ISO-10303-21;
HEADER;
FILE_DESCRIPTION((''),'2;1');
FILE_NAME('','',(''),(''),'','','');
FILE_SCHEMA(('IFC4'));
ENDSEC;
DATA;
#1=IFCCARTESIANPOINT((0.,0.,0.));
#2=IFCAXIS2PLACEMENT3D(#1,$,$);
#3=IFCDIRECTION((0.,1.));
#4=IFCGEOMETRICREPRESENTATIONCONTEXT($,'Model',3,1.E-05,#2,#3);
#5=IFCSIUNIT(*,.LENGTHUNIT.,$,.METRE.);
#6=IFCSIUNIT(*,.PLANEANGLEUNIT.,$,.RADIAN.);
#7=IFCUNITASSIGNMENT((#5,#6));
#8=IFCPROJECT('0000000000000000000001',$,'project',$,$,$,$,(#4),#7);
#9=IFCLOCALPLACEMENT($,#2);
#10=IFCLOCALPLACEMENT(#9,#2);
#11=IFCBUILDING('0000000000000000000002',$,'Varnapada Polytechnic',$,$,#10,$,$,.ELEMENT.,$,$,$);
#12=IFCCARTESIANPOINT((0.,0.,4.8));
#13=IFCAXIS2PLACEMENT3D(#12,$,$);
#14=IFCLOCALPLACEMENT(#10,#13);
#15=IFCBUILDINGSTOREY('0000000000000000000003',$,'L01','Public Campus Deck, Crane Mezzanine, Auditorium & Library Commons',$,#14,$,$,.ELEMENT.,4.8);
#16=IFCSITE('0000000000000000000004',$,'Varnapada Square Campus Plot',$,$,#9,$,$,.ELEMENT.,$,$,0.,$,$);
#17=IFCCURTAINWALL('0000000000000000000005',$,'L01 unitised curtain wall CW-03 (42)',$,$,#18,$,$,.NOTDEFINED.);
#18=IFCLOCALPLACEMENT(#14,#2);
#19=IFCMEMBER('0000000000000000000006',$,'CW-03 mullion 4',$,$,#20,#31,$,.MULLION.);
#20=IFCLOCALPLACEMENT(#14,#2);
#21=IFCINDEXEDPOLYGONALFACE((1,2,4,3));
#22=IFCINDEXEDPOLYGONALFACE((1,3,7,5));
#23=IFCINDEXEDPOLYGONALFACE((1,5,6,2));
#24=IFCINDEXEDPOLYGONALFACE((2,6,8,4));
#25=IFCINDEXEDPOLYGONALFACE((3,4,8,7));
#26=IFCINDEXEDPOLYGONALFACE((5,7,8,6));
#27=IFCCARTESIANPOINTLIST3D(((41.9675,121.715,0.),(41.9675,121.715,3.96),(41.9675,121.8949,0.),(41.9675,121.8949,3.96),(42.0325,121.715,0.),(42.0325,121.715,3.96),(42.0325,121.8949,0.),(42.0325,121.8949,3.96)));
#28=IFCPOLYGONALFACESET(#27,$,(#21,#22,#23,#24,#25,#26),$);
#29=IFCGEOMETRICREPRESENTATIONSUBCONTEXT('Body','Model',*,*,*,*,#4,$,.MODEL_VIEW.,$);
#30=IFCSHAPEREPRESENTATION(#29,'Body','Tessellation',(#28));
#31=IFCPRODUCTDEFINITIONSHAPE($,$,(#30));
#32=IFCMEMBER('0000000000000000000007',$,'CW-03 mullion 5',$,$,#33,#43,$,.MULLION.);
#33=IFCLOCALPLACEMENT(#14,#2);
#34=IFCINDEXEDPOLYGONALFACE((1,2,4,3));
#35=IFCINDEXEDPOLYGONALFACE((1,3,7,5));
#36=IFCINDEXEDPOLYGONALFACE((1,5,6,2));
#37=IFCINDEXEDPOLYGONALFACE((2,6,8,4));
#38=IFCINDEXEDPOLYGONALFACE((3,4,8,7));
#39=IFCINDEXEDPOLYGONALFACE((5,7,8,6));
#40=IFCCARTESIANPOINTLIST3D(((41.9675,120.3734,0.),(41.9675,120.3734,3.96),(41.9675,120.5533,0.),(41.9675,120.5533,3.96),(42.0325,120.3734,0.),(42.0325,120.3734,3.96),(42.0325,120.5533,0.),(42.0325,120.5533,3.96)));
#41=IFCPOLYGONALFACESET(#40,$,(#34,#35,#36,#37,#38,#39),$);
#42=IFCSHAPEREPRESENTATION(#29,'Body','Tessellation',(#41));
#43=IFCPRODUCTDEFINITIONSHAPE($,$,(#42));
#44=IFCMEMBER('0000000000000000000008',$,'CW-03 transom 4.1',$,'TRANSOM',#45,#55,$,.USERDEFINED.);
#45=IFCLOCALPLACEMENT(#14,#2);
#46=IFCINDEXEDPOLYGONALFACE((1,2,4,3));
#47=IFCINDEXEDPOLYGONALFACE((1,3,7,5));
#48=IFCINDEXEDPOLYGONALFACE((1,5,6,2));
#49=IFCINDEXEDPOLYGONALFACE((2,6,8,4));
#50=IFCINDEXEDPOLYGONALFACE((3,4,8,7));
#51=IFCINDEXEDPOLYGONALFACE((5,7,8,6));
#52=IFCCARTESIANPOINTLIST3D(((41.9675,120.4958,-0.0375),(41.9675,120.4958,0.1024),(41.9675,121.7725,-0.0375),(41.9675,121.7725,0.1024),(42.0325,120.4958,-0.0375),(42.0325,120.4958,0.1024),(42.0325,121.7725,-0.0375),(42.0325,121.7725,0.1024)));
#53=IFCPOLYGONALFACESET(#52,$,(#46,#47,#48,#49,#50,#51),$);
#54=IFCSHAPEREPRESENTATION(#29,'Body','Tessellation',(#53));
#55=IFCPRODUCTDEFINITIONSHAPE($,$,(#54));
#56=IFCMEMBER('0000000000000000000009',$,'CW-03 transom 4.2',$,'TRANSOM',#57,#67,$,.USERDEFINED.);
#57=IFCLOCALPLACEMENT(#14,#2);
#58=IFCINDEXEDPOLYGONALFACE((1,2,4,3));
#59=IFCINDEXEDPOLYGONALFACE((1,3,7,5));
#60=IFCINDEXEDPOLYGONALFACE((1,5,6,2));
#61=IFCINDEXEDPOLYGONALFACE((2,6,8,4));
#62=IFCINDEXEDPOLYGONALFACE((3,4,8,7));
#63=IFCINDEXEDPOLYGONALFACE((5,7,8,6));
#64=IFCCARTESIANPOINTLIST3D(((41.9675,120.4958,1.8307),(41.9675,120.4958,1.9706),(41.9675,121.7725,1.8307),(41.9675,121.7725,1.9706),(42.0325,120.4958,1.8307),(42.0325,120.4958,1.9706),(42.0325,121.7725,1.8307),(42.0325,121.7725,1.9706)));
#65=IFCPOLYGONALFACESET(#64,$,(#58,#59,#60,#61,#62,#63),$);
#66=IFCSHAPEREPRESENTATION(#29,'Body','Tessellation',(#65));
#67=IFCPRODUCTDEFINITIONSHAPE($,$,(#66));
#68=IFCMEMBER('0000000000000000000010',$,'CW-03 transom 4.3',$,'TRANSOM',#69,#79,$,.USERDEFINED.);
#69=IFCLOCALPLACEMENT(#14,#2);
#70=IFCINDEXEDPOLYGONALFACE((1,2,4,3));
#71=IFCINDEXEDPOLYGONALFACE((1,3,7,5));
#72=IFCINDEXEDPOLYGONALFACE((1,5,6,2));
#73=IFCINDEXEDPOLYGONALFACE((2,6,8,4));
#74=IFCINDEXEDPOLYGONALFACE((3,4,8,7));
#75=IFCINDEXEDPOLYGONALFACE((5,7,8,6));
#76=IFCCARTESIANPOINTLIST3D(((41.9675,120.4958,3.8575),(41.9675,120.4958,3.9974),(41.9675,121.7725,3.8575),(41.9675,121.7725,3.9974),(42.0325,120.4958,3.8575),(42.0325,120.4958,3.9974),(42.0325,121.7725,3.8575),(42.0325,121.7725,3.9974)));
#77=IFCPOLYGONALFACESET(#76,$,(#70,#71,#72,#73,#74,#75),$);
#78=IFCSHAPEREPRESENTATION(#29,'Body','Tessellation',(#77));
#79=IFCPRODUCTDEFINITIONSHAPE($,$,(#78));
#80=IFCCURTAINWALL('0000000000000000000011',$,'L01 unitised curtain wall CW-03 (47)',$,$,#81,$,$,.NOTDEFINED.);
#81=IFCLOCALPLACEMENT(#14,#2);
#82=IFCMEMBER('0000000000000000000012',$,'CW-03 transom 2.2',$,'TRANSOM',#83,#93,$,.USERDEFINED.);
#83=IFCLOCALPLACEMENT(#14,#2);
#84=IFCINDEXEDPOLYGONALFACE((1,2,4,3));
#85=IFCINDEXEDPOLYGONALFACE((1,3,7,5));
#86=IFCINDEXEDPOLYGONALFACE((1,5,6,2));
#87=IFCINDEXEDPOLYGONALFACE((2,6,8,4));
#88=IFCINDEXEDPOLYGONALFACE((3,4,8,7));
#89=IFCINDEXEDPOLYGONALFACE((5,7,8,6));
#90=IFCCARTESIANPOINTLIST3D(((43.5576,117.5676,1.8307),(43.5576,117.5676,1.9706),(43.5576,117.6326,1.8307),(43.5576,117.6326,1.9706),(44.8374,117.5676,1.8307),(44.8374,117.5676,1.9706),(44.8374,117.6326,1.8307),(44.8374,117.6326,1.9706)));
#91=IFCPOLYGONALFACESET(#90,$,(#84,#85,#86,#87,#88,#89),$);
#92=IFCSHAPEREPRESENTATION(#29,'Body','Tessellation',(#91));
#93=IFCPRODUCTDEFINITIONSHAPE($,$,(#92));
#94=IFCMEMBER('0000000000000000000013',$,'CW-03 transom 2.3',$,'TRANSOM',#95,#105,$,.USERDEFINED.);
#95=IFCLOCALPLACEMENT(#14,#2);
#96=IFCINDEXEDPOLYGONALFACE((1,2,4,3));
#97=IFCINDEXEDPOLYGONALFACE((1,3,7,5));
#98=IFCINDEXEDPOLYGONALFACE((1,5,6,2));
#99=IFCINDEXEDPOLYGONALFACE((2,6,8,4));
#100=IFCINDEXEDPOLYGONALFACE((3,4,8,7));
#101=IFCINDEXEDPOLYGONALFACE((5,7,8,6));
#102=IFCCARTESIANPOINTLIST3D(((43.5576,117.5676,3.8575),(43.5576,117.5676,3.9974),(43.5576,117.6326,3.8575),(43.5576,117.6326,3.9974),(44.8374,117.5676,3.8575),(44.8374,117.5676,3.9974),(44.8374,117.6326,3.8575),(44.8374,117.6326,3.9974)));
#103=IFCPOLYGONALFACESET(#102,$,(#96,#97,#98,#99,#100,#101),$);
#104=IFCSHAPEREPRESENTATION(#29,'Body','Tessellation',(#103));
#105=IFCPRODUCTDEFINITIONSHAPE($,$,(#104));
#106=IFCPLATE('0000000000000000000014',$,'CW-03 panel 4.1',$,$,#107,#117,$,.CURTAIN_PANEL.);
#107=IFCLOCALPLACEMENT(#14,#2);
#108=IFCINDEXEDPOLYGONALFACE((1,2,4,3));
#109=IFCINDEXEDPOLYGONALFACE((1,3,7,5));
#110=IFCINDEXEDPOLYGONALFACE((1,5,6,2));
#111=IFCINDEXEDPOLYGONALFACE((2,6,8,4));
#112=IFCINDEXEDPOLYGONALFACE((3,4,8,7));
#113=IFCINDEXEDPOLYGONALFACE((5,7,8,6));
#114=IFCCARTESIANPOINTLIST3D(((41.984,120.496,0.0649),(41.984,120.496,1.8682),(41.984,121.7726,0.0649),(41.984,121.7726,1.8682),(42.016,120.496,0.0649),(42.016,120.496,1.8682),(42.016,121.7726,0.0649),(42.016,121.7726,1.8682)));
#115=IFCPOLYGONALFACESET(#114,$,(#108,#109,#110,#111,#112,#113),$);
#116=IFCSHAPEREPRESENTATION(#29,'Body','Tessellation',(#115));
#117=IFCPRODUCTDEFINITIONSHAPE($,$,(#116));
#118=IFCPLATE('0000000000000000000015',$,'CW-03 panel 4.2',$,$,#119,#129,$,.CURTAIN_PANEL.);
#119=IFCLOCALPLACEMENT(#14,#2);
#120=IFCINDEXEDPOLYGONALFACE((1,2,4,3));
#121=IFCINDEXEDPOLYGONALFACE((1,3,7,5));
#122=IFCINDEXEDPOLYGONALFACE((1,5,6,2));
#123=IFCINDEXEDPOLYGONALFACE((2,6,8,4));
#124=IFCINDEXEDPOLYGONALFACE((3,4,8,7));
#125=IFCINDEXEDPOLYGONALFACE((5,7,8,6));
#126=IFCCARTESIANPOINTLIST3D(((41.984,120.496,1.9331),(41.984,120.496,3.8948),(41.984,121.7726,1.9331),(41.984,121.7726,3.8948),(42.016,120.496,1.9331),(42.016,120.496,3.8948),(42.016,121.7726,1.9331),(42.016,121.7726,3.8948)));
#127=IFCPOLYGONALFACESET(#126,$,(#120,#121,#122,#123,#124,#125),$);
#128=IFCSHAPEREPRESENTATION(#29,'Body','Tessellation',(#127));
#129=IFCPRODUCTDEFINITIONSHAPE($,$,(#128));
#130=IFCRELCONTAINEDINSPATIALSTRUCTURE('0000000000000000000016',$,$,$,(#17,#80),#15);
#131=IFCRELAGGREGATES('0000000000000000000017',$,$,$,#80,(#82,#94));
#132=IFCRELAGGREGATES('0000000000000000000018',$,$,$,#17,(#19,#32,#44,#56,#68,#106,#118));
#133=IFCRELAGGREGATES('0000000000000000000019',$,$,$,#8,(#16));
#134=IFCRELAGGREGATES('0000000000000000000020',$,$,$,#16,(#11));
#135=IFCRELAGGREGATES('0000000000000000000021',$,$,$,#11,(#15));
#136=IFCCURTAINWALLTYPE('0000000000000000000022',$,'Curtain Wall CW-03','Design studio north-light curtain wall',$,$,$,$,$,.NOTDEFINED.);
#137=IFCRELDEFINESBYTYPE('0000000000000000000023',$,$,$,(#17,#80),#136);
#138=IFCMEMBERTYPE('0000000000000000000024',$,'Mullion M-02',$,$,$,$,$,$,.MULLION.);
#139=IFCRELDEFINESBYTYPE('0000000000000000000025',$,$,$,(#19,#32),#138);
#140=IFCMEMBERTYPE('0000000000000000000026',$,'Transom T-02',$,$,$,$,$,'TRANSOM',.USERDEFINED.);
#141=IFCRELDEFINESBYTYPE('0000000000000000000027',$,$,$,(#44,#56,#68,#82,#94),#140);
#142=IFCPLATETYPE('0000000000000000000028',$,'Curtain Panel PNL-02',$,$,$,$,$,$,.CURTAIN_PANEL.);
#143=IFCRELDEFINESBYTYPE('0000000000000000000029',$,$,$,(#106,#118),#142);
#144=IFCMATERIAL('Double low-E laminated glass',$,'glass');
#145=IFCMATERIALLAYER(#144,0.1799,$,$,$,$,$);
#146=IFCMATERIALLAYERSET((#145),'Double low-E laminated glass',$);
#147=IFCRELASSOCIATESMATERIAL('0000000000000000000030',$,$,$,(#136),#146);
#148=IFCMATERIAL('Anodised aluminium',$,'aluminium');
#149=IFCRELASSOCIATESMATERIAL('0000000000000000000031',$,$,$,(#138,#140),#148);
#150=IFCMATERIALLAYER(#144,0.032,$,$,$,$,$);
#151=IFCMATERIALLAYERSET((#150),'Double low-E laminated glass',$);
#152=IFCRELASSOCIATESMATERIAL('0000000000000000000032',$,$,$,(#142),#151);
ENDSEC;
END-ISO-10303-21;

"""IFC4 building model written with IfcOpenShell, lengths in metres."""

from ifc_helpers import new_model, si_unit, direction, frame, origin, origin_2d, place, context, subcontext, project, spatial, rectangle, extrude, material, layer, layer_set, material_profile, profile_set, type_object, element, aggregate, save


model = new_model("IFC4")

# Units and contexts
model_context = context("Model", 3, precision=1e-05, world=origin(), true_north=direction((0.0, 1.0)))
body_context = subcontext(model_context, "Body", "Model", "MODEL_VIEW")
ifc_project = project(units=[si_unit("LENGTHUNIT", "METRE"), si_unit("PLANEANGLEUNIT", "RADIAN")], contexts=[model_context])

# Site, building, storey
site_placement = place(None, origin())
site = spatial("IfcSite", under=ifc_project, at=site_placement, Name="Varnapada Square Campus Plot", CompositionType="ELEMENT", RefElevation=0.0)
building_placement = place(site_placement, origin())
building = spatial("IfcBuilding", under=site, at=building_placement, Name="Varnapada Polytechnic", CompositionType="ELEMENT")
storey_placement = place(building_placement, frame((0.0, 0.0, 4.8)))
storey = spatial("IfcBuildingStorey", under=building, at=storey_placement, Name="L01", Description="Public Campus Deck, Crane Mezzanine, Auditorium & Library Commons", CompositionType="ELEMENT", Elevation=4.8)

# Curtain walls, members
ifc_material_1 = material(Name="Double low-E laminated glass", Category="glass")
ifc_layer_1 = layer(ifc_material_1, 0.1799)
ifc_layer_set_1 = layer_set([ifc_layer_1], Name="Double low-E laminated glass")
curtain_wall_type = type_object("IfcCurtainWallType", Name="Curtain Wall CW-03", Description="Design studio north-light curtain wall", PredefinedType="NOTDEFINED", material=ifc_layer_set_1)
curtain_wall_1_placement = place(storey_placement, origin())
curtain_wall_1 = element("IfcCurtainWall", 1, at=curtain_wall_1_placement, inside=storey, type_object=curtain_wall_type, Name="L01 unitised curtain wall CW-03 (42)", PredefinedType="NOTDEFINED")
ifc_material_2 = material(Name="Anodised aluminium", Category="aluminium")
ifc_material_profile_1 = material_profile(ifc_material_2, rectangle(XDim=0.0649, YDim=0.1799, at=origin_2d()), Name="ALU M65x180")
ifc_profile_set_1 = profile_set([ifc_material_profile_1], Name="Anodised aluminium")
member_type_1 = type_object("IfcMemberType", Name="Mullion M-02", PredefinedType="MULLION", material=ifc_profile_set_1)
member_1_placement = place(storey_placement, frame((42.0, 121.8049, 0.0), z_axis=(0.0, 0.0, 1.0), x_axis=(1.0, 0.0, 0.0)))
member_1 = element("IfcMember", 2, at=member_1_placement, type_object=member_type_1, Name="CW-03 mullion 4", PredefinedType="MULLION", context=body_context, shape_type="SweptSolid", body=[
    extrude(rectangle(XDim=0.0649, YDim=0.1799, at=origin_2d()), origin(), (0.0, 0.0, 1.0), 3.96),
])
member_2_placement = place(storey_placement, frame((42.0, 120.4634, 0.0), z_axis=(0.0, 0.0, 1.0), x_axis=(1.0, 0.0, 0.0)))
member_2 = element("IfcMember", 3, at=member_2_placement, type_object=member_type_1, Name="CW-03 mullion 5", PredefinedType="MULLION", context=body_context, shape_type="SweptSolid", body=[
    extrude(rectangle(XDim=0.0649, YDim=0.1799, at=origin_2d()), origin(), (0.0, 0.0, 1.0), 3.96),
])
ifc_material_profile_2 = material_profile(ifc_material_2, rectangle(XDim=0.0649, YDim=0.1399, at=origin_2d()), Name="ALU T65x140")
ifc_profile_set_2 = profile_set([ifc_material_profile_2], Name="Anodised aluminium")
member_type_2 = type_object("IfcMemberType", Name="Transom T-02", ElementType="TRANSOM", PredefinedType="USERDEFINED", material=ifc_profile_set_2)
member_3_placement = place(storey_placement, frame((42.0, 121.7725, 0.0325), z_axis=(0.0, -1.0, 0.0), x_axis=(1.0, 0.0, 0.0)))
member_3 = element("IfcMember", 4, at=member_3_placement, type_object=member_type_2, Name="CW-03 transom 4.1", ObjectType="TRANSOM", PredefinedType="USERDEFINED", context=body_context, shape_type="SweptSolid", body=[
    extrude(rectangle(XDim=0.0649, YDim=0.1399, at=origin_2d()), origin(), (0.0, 0.0, 1.0), 1.2766),
])
member_4_placement = place(storey_placement, frame((42.0, 121.7725, 1.9006), z_axis=(0.0, -1.0, 0.0), x_axis=(1.0, 0.0, 0.0)))
member_4 = element("IfcMember", 5, at=member_4_placement, type_object=member_type_2, Name="CW-03 transom 4.2", ObjectType="TRANSOM", PredefinedType="USERDEFINED", context=body_context, shape_type="SweptSolid", body=[
    extrude(rectangle(XDim=0.0649, YDim=0.1399, at=origin_2d()), origin(), (0.0, 0.0, 1.0), 1.2766),
])
member_5_placement = place(storey_placement, frame((42.0, 121.7725, 3.9275), z_axis=(0.0, -1.0, 0.0), x_axis=(1.0, 0.0, 0.0)))
member_5 = element("IfcMember", 6, at=member_5_placement, type_object=member_type_2, Name="CW-03 transom 4.3", ObjectType="TRANSOM", PredefinedType="USERDEFINED", context=body_context, shape_type="SweptSolid", body=[
    extrude(rectangle(XDim=0.0649, YDim=0.1399, at=origin_2d()), origin(), (0.0, 0.0, 1.0), 1.2766),
])
curtain_wall_2_placement = place(storey_placement, origin())
curtain_wall_2 = element("IfcCurtainWall", 7, at=curtain_wall_2_placement, inside=storey, type_object=curtain_wall_type, Name="L01 unitised curtain wall CW-03 (47)", PredefinedType="NOTDEFINED")
member_6_placement = place(storey_placement, frame((43.5576, 117.6001, 1.9006), z_axis=(1.0, 0.0, 0.0), x_axis=(0.0, 1.0, 0.0)))
member_6 = element("IfcMember", 8, at=member_6_placement, type_object=member_type_2, Name="CW-03 transom 2.2", ObjectType="TRANSOM", PredefinedType="USERDEFINED", context=body_context, shape_type="SweptSolid", body=[
    extrude(rectangle(XDim=0.0649, YDim=0.1399, at=origin_2d()), origin(), (0.0, 0.0, 1.0), 1.2798),
])
member_7_placement = place(storey_placement, frame((43.5576, 117.6001, 3.9275), z_axis=(1.0, 0.0, 0.0), x_axis=(0.0, 1.0, 0.0)))
member_7 = element("IfcMember", 9, at=member_7_placement, type_object=member_type_2, Name="CW-03 transom 2.3", ObjectType="TRANSOM", PredefinedType="USERDEFINED", context=body_context, shape_type="SweptSolid", body=[
    extrude(rectangle(XDim=0.0649, YDim=0.1399, at=origin_2d()), origin(), (0.0, 0.0, 1.0), 1.2798),
])
aggregate(curtain_wall_2, [member_6, member_7])

# Plates
ifc_layer_2 = layer(ifc_material_1, 0.032)
ifc_layer_set_2 = layer_set([ifc_layer_2], Name="Double low-E laminated glass")
plate_type = type_object("IfcPlateType", Name="Curtain Panel PNL-02", PredefinedType="CURTAIN_PANEL", material=ifc_layer_set_2)
plate_1_placement = place(storey_placement, frame((42.0, 121.1343, 0.0649), z_axis=(0.0, 0.0, 1.0), x_axis=(0.0, -1.0, 0.0)))
plate_1 = element("IfcPlate", 10, at=plate_1_placement, type_object=plate_type, Name="CW-03 panel 4.1", PredefinedType="CURTAIN_PANEL", context=body_context, shape_type="SweptSolid", body=[
    extrude(rectangle(XDim=1.2766, YDim=0.032, at=origin_2d()), origin(), (0.0, 0.0, 1.0), 1.8032),
])
plate_2_placement = place(storey_placement, frame((42.0, 121.1343, 1.9331), z_axis=(0.0, 0.0, 1.0), x_axis=(0.0, -1.0, 0.0)))
plate_2 = element("IfcPlate", 11, at=plate_2_placement, type_object=plate_type, Name="CW-03 panel 4.2", PredefinedType="CURTAIN_PANEL", context=body_context, shape_type="SweptSolid", body=[
    extrude(rectangle(XDim=1.2766, YDim=0.032, at=origin_2d()), origin(), (0.0, 0.0, 1.0), 1.9617),
])
aggregate(curtain_wall_1, [member_1, member_2, member_3, member_4, member_5, plate_1, plate_2])

save(model, "model.ifc")
